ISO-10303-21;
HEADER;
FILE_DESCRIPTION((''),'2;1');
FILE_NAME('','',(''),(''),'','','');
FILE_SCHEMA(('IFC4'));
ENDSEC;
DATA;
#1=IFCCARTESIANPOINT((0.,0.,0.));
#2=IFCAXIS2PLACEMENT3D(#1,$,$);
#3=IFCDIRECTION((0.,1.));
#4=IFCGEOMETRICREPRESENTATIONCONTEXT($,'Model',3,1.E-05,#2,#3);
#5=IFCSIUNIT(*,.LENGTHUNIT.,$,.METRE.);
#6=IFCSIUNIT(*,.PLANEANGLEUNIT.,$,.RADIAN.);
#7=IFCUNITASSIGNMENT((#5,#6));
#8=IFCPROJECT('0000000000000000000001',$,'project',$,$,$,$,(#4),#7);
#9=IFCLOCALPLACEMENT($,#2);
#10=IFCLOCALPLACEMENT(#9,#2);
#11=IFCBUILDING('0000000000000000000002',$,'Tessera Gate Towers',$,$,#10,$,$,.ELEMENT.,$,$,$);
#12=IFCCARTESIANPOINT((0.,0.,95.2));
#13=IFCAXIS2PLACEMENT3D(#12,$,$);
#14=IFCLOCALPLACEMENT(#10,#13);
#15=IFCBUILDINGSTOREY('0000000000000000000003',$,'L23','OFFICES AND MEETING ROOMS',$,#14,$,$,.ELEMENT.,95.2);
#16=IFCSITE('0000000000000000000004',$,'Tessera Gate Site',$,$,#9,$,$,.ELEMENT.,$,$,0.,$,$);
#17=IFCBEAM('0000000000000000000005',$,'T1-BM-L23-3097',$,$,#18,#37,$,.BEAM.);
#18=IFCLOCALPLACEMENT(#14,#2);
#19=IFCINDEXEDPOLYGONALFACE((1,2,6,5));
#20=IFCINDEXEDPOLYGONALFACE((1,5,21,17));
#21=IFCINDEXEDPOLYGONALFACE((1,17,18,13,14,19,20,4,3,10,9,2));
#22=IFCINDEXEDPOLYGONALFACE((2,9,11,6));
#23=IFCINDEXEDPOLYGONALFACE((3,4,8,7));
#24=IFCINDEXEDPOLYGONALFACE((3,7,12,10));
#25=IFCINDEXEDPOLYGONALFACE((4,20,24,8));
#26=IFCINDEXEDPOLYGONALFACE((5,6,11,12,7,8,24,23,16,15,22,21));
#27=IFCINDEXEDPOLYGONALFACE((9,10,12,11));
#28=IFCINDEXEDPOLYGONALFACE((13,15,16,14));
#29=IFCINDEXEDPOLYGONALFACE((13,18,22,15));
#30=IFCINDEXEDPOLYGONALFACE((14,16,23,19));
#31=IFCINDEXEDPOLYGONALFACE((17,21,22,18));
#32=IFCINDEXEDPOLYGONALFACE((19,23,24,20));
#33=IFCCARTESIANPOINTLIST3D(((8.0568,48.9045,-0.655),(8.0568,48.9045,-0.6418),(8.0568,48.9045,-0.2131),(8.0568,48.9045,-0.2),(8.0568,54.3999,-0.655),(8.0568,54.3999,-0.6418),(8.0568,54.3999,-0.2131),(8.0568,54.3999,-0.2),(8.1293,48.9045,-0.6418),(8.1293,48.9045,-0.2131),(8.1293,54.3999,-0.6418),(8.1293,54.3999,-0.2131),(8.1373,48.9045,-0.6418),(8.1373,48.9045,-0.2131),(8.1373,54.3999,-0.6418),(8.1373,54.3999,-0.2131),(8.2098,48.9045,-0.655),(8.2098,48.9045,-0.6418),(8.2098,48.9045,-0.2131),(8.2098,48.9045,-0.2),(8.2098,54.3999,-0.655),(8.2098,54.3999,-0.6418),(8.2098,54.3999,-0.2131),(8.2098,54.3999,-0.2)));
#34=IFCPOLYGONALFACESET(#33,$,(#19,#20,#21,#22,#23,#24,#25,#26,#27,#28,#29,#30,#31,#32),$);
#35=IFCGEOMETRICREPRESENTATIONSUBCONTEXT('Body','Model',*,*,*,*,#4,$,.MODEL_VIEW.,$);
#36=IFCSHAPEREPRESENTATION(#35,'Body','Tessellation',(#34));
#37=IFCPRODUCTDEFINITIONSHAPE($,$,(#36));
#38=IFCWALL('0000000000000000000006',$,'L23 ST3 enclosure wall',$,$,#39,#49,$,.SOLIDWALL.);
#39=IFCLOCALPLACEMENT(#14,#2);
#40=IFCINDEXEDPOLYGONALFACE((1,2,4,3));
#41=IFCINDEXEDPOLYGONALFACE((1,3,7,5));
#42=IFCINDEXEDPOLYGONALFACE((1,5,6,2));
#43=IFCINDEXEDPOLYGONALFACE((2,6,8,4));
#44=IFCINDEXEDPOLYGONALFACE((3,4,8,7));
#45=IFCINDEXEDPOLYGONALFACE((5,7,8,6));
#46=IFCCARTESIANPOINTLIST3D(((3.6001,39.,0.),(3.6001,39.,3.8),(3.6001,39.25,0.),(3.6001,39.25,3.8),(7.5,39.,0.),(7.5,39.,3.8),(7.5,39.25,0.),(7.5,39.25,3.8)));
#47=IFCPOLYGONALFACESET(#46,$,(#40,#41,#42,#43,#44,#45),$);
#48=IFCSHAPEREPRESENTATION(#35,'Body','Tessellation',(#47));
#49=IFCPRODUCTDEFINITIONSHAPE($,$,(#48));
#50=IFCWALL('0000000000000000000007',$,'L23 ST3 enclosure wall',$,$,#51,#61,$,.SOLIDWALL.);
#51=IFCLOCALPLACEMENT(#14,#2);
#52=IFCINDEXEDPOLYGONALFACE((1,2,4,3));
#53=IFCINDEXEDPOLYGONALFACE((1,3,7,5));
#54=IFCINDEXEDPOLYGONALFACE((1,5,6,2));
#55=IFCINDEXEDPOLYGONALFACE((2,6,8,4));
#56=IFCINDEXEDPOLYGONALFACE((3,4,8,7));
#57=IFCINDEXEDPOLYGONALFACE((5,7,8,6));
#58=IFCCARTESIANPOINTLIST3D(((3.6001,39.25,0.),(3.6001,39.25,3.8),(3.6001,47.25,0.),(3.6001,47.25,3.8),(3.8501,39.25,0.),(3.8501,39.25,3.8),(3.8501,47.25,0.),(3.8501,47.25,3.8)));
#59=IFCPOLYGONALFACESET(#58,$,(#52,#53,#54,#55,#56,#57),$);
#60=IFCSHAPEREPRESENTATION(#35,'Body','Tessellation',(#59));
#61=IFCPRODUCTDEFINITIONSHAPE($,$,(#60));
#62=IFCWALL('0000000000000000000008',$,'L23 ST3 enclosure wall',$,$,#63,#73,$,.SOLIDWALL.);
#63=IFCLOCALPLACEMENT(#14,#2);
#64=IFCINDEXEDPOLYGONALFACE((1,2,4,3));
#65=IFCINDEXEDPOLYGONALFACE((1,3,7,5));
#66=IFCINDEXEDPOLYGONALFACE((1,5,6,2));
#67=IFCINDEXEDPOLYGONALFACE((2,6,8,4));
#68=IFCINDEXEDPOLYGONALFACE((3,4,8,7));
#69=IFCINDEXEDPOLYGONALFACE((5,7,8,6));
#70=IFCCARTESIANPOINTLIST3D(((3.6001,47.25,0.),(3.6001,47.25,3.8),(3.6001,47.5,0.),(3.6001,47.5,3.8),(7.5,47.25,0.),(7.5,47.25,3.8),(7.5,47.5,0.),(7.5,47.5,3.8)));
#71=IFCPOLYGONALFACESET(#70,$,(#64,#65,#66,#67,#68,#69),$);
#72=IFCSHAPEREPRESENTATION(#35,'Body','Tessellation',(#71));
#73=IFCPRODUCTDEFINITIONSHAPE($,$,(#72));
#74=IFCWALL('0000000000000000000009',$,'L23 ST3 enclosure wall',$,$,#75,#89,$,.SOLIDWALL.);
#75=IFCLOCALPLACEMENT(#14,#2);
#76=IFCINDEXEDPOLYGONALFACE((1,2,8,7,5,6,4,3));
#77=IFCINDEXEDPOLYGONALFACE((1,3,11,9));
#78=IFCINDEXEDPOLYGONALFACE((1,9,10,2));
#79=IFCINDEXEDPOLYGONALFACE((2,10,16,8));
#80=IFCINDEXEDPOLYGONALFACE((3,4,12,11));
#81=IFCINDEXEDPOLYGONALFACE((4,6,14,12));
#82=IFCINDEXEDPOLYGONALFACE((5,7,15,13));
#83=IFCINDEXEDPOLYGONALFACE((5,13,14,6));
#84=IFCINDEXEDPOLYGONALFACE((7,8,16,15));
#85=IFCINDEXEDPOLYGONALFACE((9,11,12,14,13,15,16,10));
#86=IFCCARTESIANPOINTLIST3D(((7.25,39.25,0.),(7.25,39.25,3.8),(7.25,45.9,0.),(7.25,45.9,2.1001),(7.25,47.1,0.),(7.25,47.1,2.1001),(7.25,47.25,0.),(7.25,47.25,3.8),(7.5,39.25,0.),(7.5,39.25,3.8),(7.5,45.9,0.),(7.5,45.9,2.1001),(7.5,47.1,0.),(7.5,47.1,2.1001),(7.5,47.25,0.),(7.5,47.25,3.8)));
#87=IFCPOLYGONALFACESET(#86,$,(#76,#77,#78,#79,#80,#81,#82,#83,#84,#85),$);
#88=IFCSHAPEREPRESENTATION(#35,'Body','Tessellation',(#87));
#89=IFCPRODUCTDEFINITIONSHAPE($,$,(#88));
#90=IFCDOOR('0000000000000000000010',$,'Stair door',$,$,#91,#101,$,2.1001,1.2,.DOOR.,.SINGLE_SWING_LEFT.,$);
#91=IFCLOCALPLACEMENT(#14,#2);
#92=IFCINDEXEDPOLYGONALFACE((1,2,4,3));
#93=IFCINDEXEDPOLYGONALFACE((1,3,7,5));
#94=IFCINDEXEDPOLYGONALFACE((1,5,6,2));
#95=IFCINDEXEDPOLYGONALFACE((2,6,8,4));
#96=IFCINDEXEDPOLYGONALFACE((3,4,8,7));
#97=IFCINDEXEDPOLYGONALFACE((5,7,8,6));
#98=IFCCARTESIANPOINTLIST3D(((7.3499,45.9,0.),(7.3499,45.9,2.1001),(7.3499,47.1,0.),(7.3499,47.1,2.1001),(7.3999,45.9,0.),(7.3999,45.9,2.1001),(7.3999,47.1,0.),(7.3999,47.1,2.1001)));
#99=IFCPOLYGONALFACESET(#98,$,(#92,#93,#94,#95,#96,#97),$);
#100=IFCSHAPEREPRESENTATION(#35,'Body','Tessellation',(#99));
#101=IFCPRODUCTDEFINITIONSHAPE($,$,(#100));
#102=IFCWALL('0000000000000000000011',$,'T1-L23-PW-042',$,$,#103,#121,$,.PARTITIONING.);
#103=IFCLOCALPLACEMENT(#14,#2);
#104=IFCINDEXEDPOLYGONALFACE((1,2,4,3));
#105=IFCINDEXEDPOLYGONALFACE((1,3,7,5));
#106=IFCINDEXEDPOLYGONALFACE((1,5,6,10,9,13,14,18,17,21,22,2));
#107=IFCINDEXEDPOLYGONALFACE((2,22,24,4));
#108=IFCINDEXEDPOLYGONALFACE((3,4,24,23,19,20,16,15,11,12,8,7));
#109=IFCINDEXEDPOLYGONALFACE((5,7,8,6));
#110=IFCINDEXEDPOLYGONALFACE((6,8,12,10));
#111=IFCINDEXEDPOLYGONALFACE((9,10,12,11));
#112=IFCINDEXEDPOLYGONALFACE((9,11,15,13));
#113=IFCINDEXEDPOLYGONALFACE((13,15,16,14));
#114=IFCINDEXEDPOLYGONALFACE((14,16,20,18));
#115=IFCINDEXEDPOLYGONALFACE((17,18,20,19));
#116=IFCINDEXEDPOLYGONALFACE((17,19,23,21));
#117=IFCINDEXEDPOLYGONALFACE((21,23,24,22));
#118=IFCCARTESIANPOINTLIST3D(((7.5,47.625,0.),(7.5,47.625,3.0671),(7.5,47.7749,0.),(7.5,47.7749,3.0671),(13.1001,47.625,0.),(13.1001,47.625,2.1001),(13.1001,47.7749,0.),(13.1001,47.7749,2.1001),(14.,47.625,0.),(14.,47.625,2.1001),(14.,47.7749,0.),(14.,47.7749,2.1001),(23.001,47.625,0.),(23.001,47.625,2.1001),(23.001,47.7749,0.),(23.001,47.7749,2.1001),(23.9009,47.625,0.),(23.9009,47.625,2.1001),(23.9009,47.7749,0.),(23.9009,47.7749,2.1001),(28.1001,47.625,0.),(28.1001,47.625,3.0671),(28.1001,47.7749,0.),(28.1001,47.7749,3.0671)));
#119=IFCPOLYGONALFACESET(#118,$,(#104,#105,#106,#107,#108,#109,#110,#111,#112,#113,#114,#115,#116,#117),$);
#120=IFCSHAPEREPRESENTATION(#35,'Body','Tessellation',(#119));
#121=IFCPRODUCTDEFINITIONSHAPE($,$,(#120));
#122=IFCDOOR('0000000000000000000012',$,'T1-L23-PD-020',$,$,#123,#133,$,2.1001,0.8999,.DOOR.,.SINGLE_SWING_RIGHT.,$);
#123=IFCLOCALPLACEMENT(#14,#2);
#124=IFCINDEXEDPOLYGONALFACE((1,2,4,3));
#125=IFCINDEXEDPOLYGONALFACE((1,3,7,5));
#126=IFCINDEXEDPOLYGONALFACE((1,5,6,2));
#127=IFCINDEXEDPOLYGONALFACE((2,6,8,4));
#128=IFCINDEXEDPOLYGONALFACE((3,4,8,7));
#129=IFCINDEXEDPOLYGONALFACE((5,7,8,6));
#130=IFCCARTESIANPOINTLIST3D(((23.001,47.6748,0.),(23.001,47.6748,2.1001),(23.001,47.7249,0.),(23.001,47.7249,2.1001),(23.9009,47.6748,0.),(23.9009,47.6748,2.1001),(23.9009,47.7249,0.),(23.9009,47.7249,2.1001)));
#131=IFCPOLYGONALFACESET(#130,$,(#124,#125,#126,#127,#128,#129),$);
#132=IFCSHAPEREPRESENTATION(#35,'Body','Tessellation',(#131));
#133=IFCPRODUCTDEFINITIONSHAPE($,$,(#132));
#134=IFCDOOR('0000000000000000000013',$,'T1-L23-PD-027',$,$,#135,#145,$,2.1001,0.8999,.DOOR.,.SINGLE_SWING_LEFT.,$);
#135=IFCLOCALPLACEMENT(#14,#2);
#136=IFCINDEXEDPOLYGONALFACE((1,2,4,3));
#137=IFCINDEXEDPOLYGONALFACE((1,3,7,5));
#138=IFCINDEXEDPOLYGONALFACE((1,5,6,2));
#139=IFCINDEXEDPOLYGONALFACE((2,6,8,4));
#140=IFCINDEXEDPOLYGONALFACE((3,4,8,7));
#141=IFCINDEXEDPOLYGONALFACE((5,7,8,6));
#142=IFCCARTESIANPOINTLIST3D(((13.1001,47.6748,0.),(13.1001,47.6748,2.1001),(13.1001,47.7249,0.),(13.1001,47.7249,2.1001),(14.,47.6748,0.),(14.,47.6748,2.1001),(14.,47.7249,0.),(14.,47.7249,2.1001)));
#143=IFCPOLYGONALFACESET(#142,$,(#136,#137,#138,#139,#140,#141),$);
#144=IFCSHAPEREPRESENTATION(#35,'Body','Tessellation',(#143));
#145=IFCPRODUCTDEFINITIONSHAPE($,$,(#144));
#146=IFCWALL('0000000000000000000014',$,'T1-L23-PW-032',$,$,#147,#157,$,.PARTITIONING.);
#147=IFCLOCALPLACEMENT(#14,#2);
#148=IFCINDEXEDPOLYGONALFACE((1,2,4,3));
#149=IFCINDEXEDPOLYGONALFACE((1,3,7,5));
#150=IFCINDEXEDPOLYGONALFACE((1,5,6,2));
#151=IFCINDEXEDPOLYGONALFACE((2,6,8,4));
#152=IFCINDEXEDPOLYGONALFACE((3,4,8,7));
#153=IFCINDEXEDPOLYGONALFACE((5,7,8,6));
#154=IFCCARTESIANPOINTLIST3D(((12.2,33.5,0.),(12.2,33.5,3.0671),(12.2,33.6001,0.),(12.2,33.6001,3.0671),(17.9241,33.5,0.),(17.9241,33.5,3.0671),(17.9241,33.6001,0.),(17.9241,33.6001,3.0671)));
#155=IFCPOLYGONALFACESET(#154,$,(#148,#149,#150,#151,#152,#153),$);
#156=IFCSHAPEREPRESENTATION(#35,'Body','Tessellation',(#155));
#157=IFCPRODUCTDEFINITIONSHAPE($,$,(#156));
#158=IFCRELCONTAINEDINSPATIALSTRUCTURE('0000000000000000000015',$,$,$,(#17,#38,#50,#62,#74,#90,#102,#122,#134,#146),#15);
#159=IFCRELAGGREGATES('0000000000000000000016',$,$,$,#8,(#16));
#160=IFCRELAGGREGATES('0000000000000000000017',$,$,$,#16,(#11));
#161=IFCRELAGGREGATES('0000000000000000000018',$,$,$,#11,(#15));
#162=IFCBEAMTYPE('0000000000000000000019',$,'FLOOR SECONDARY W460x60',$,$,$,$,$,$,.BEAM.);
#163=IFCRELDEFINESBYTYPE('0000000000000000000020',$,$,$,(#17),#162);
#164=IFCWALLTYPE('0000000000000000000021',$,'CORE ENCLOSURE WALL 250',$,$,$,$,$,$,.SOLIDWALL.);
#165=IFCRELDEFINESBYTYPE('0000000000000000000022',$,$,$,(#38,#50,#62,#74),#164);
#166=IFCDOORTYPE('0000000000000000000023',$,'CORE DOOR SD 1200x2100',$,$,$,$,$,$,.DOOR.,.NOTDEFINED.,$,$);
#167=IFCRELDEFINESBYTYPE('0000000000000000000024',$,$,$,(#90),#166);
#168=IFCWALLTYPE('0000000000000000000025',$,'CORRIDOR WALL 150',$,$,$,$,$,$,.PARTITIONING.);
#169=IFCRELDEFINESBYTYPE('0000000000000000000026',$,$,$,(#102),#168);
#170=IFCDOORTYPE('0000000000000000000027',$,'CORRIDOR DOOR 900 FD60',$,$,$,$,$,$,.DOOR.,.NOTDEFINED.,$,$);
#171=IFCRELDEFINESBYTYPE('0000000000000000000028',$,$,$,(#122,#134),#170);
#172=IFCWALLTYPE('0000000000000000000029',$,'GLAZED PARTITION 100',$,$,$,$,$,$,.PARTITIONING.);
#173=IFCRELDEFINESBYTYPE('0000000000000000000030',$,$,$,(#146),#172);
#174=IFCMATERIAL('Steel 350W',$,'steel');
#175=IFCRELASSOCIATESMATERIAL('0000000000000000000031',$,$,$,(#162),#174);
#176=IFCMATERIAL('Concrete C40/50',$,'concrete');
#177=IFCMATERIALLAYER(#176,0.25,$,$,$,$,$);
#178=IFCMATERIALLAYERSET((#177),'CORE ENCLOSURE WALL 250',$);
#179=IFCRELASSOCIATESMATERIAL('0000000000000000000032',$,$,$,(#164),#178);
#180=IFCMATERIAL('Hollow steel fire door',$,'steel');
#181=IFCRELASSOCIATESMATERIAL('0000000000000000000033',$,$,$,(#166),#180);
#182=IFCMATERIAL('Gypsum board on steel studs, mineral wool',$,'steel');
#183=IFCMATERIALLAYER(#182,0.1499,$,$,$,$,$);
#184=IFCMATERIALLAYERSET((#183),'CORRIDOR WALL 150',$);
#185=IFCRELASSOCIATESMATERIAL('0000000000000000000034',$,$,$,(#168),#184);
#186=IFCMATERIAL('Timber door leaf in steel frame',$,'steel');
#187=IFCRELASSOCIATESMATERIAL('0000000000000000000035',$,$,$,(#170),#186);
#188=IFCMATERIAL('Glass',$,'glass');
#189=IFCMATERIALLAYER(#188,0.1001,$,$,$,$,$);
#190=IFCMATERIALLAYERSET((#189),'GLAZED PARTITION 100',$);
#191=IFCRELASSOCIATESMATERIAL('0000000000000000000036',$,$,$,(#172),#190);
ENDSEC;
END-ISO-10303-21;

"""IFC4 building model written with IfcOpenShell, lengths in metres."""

from ifc_helpers import new_model, si_unit, direction, frame, frame_2d, origin, origin_2d, place, context, subcontext, project, spatial, rectangle, i_section, extrude, source, transform, mapped, material, layer, layer_set, material_profile, profile_set, type_object, element, fill, save


model = new_model("IFC4")

# Units and contexts
model_context = context("Model", 3, precision=1e-05, world=origin(), true_north=direction((0.0, 1.0)))
body_context = subcontext(model_context, "Body", "Model", "MODEL_VIEW")
ifc_project = project(units=[si_unit("LENGTHUNIT", "METRE"), si_unit("PLANEANGLEUNIT", "RADIAN")], contexts=[model_context])

# Site, building, storey
site_placement = place(None, origin())
site = spatial("IfcSite", under=ifc_project, at=site_placement, Name="Tessera Gate Site", CompositionType="ELEMENT", RefElevation=0.0)
building_placement = place(site_placement, origin())
building = spatial("IfcBuilding", under=site, at=building_placement, Name="Tessera Gate Towers", CompositionType="ELEMENT")
storey_placement = place(building_placement, frame((0.0, 0.0, 95.2)))
storey = spatial("IfcBuildingStorey", under=building, at=storey_placement, Name="L23", Description="OFFICES AND MEETING ROOMS", CompositionType="ELEMENT", Elevation=95.2)

# Beam
ifc_material_1 = material(Name="Steel 350W", Category="steel")
ifc_material_profile_1 = material_profile(ifc_material_1, i_section(OverallWidth=0.1531, OverallDepth=0.4551, WebThickness=0.0081, FlangeThickness=0.0132, at=origin_2d()), Name="W460x60")
ifc_profile_set_1 = profile_set([ifc_material_profile_1], Name="Steel 350W")
beam_type_1 = type_object("IfcBeamType", Name="FLOOR SECONDARY W460x60", PredefinedType="BEAM", material=ifc_profile_set_1)
beam_1_placement = place(storey_placement, frame((8.1333, 48.9045, -0.4275), z_axis=(0.0, 1.0, 0.0), x_axis=(-1.0, 0.0, 0.0)))
element("IfcBeam", 1, at=beam_1_placement, inside=storey, type_object=beam_type_1, Name="T1-BM-L23-3097", PredefinedType="BEAM", context=body_context, shape_type="SweptSolid", body=[
    extrude(i_section(OverallWidth=0.1531, OverallDepth=0.4551, WebThickness=0.0081, FlangeThickness=0.0132, at=origin_2d()), origin(), (0.0, 0.0, 1.0), 5.4954),
])

# Walls
ifc_material_2 = material(Name="Concrete C40/50", Category="concrete")
ifc_layer_1 = layer(ifc_material_2, 0.25)
ifc_layer_set_1 = layer_set([ifc_layer_1], Name="CORE ENCLOSURE WALL 250")
wall_type_1 = type_object("IfcWallType", Name="CORE ENCLOSURE WALL 250", PredefinedType="SOLIDWALL", material=ifc_layer_set_1)
wall_1_placement = place(storey_placement, frame((7.5, 39.125, 0.0), z_axis=(0.0, 0.0, 1.0), x_axis=(-1.0, 0.0, 0.0)))
element("IfcWall", 2, at=wall_1_placement, inside=storey, type_object=wall_type_1, Name="L23 ST3 enclosure wall", PredefinedType="SOLIDWALL", context=body_context, shape_type="SweptSolid", body=[
    extrude(rectangle(XDim=3.8999, YDim=0.25, at=frame_2d((1.95, 0.0))), origin(), (0.0, 0.0, 1.0), 3.8),
])
wall_2_placement = place(storey_placement, frame((3.7251, 39.25, 0.0), z_axis=(0.0, 0.0, 1.0), x_axis=(0.0, 1.0, 0.0)))
element("IfcWall", 3, at=wall_2_placement, inside=storey, type_object=wall_type_1, Name="L23 ST3 enclosure wall", PredefinedType="SOLIDWALL", context=body_context, shape_type="SweptSolid", body=[
    extrude(rectangle(XDim=8.0, YDim=0.25, at=frame_2d((4.0, 0.0))), origin(), (0.0, 0.0, 1.0), 3.8),
])
wall_3_placement = place(storey_placement, frame((3.6001, 47.375, 0.0), z_axis=(0.0, 0.0, 1.0), x_axis=(1.0, 0.0, 0.0)))
element("IfcWall", 4, at=wall_3_placement, inside=storey, type_object=wall_type_1, Name="L23 ST3 enclosure wall", PredefinedType="SOLIDWALL", context=body_context, shape_type="SweptSolid", body=[
    extrude(rectangle(XDim=3.8999, YDim=0.25, at=frame_2d((1.95, 0.0))), origin(), (0.0, 0.0, 1.0), 3.8),
])

# Wall, opening, door
wall_4_placement = place(storey_placement, frame((7.375, 47.25, 0.0), z_axis=(0.0, 0.0, 1.0), x_axis=(0.0, -1.0, 0.0)))
wall_4 = element("IfcWall", 5, at=wall_4_placement, inside=storey, type_object=wall_type_1, Name="L23 ST3 enclosure wall", PredefinedType="SOLIDWALL", context=body_context, shape_type="SweptSolid", body=[
    extrude(rectangle(XDim=8.0, YDim=0.25, at=frame_2d((4.0, 0.0))), origin(), (0.0, 0.0, 1.0), 3.8),
])
shared_shape_1 = source(origin(), body_context, "Body", "SweptSolid", [
    extrude(rectangle(XDim=1.2, YDim=2.1001, at=frame_2d((0.6001, 1.05))), frame((0.0, 0.135, 0.0), z_axis=(0.0, -1.0, 0.0), x_axis=(1.0, 0.0, 0.0)), (0.0, 0.0, 1.0), 0.27),
])
opening_1_placement = place(wall_4_placement, frame((0.1499, 0.0, 0.0)))
opening_1 = element("IfcOpeningElement", 6, at=opening_1_placement, cuts=wall_4, PredefinedType="OPENING", context=body_context, shape_type="MappedRepresentation", body=[
    mapped(shared_shape_1, transform((0.0, 0.0, 0.0), scale=1.0)),
])
ifc_material_3 = material(Name="Hollow steel fire door", Category="steel")
door_type_1 = type_object("IfcDoorType", Name="CORE DOOR SD 1200x2100", OperationType="NOTDEFINED", PredefinedType="DOOR", material=ifc_material_3)
shared_shape_2 = source(origin(), body_context, "Body", "SweptSolid", [
    extrude(rectangle(XDim=1.2, YDim=2.1001, at=frame_2d((0.6001, 1.05))), frame((0.0, 0.0249, 0.0), z_axis=(0.0, -1.0, 0.0), x_axis=(1.0, 0.0, 0.0)), (0.0, 0.0, 1.0), 0.05),
])
door_1_placement = place(opening_1_placement, origin())
door_1 = element("IfcDoor", 7, at=door_1_placement, inside=storey, type_object=door_type_1, Name="Stair door", OperationType="SINGLE_SWING_LEFT", OverallHeight=2.1001, OverallWidth=1.2, PredefinedType="DOOR", context=body_context, shape_type="MappedRepresentation", body=[
    mapped(shared_shape_2, transform((0.0, 0.0, 0.0), scale=1.0)),
])
fill(opening_1, door_1)

# Wall, openings, doors
ifc_material_4 = material(Name="Gypsum board on steel studs, mineral wool", Category="steel")
ifc_layer_2 = layer(ifc_material_4, 0.1499)
ifc_layer_set_2 = layer_set([ifc_layer_2], Name="CORRIDOR WALL 150")
wall_type_2 = type_object("IfcWallType", Name="CORRIDOR WALL 150", PredefinedType="PARTITIONING", material=ifc_layer_set_2)
wall_5_placement = place(storey_placement, frame((7.5, 47.7, 0.0), z_axis=(0.0, 0.0, 1.0), x_axis=(1.0, 0.0, 0.0)))
wall_5 = element("IfcWall", 8, at=wall_5_placement, inside=storey, type_object=wall_type_2, Name="T1-L23-PW-042", PredefinedType="PARTITIONING", context=body_context, shape_type="SweptSolid", body=[
    extrude(rectangle(XDim=20.6001, YDim=0.1499, at=frame_2d((10.3, 0.0))), origin(), (0.0, 0.0, 1.0), 3.0671),
])
shared_shape_3 = source(origin(), body_context, "Body", "SweptSolid", [
    extrude(rectangle(XDim=0.8999, YDim=2.1001, at=frame_2d((0.45, 1.05))), frame((0.0, 0.085, 0.0), z_axis=(0.0, -1.0, 0.0), x_axis=(1.0, 0.0, 0.0)), (0.0, 0.0, 1.0), 0.1699),
])
opening_2_placement = place(wall_5_placement, frame((15.501, 0.0, 0.0)))
opening_2 = element("IfcOpeningElement", 9, at=opening_2_placement, cuts=wall_5, PredefinedType="OPENING", context=body_context, shape_type="MappedRepresentation", body=[
    mapped(shared_shape_3, transform((0.0, 0.0, 0.0), scale=1.0)),
])
opening_3_placement = place(wall_5_placement, frame((5.6001, 0.0, 0.0)))
opening_3 = element("IfcOpeningElement", 10, at=opening_3_placement, cuts=wall_5, PredefinedType="OPENING", context=body_context, shape_type="MappedRepresentation", body=[
    mapped(shared_shape_3, transform((0.0, 0.0, 0.0), scale=1.0)),
])
ifc_material_5 = material(Name="Timber door leaf in steel frame", Category="steel")
door_type_2 = type_object("IfcDoorType", Name="CORRIDOR DOOR 900 FD60", OperationType="NOTDEFINED", PredefinedType="DOOR", material=ifc_material_5)
shared_shape_4 = source(origin(), body_context, "Body", "SweptSolid", [
    extrude(rectangle(XDim=0.8999, YDim=2.1001, at=frame_2d((0.45, 1.05))), frame((0.0, 0.0249, 0.0), z_axis=(0.0, -1.0, 0.0), x_axis=(1.0, 0.0, 0.0)), (0.0, 0.0, 1.0), 0.05),
])
door_2_placement = place(opening_2_placement, origin())
door_2 = element("IfcDoor", 11, at=door_2_placement, inside=storey, type_object=door_type_2, Name="T1-L23-PD-020", OperationType="SINGLE_SWING_RIGHT", OverallHeight=2.1001, OverallWidth=0.8999, PredefinedType="DOOR", context=body_context, shape_type="MappedRepresentation", body=[
    mapped(shared_shape_4, transform((0.0, 0.0, 0.0), scale=1.0)),
])
fill(opening_2, door_2)
door_3_placement = place(opening_3_placement, origin())
door_3 = element("IfcDoor", 12, at=door_3_placement, inside=storey, type_object=door_type_2, Name="T1-L23-PD-027", OperationType="SINGLE_SWING_LEFT", OverallHeight=2.1001, OverallWidth=0.8999, PredefinedType="DOOR", context=body_context, shape_type="MappedRepresentation", body=[
    mapped(shared_shape_4, transform((0.0, 0.0, 0.0), scale=1.0)),
])
fill(opening_3, door_3)

# Wall
ifc_material_6 = material(Name="Glass", Category="glass")
ifc_layer_3 = layer(ifc_material_6, 0.1001)
ifc_layer_set_3 = layer_set([ifc_layer_3], Name="GLAZED PARTITION 100")
wall_type_3 = type_object("IfcWallType", Name="GLAZED PARTITION 100", PredefinedType="PARTITIONING", material=ifc_layer_set_3)
wall_6_placement = place(storey_placement, frame((12.2, 33.55, 0.0), z_axis=(0.0, 0.0, 1.0), x_axis=(1.0, 0.0, 0.0)))
element("IfcWall", 13, at=wall_6_placement, inside=storey, type_object=wall_type_3, Name="T1-L23-PW-032", PredefinedType="PARTITIONING", context=body_context, shape_type="SweptSolid", body=[
    extrude(rectangle(XDim=5.7241, YDim=0.1001, at=frame_2d((2.8621, 0.0))), origin(), (0.0, 0.0, 1.0), 3.0671),
])

save(model, "model.ifc")
